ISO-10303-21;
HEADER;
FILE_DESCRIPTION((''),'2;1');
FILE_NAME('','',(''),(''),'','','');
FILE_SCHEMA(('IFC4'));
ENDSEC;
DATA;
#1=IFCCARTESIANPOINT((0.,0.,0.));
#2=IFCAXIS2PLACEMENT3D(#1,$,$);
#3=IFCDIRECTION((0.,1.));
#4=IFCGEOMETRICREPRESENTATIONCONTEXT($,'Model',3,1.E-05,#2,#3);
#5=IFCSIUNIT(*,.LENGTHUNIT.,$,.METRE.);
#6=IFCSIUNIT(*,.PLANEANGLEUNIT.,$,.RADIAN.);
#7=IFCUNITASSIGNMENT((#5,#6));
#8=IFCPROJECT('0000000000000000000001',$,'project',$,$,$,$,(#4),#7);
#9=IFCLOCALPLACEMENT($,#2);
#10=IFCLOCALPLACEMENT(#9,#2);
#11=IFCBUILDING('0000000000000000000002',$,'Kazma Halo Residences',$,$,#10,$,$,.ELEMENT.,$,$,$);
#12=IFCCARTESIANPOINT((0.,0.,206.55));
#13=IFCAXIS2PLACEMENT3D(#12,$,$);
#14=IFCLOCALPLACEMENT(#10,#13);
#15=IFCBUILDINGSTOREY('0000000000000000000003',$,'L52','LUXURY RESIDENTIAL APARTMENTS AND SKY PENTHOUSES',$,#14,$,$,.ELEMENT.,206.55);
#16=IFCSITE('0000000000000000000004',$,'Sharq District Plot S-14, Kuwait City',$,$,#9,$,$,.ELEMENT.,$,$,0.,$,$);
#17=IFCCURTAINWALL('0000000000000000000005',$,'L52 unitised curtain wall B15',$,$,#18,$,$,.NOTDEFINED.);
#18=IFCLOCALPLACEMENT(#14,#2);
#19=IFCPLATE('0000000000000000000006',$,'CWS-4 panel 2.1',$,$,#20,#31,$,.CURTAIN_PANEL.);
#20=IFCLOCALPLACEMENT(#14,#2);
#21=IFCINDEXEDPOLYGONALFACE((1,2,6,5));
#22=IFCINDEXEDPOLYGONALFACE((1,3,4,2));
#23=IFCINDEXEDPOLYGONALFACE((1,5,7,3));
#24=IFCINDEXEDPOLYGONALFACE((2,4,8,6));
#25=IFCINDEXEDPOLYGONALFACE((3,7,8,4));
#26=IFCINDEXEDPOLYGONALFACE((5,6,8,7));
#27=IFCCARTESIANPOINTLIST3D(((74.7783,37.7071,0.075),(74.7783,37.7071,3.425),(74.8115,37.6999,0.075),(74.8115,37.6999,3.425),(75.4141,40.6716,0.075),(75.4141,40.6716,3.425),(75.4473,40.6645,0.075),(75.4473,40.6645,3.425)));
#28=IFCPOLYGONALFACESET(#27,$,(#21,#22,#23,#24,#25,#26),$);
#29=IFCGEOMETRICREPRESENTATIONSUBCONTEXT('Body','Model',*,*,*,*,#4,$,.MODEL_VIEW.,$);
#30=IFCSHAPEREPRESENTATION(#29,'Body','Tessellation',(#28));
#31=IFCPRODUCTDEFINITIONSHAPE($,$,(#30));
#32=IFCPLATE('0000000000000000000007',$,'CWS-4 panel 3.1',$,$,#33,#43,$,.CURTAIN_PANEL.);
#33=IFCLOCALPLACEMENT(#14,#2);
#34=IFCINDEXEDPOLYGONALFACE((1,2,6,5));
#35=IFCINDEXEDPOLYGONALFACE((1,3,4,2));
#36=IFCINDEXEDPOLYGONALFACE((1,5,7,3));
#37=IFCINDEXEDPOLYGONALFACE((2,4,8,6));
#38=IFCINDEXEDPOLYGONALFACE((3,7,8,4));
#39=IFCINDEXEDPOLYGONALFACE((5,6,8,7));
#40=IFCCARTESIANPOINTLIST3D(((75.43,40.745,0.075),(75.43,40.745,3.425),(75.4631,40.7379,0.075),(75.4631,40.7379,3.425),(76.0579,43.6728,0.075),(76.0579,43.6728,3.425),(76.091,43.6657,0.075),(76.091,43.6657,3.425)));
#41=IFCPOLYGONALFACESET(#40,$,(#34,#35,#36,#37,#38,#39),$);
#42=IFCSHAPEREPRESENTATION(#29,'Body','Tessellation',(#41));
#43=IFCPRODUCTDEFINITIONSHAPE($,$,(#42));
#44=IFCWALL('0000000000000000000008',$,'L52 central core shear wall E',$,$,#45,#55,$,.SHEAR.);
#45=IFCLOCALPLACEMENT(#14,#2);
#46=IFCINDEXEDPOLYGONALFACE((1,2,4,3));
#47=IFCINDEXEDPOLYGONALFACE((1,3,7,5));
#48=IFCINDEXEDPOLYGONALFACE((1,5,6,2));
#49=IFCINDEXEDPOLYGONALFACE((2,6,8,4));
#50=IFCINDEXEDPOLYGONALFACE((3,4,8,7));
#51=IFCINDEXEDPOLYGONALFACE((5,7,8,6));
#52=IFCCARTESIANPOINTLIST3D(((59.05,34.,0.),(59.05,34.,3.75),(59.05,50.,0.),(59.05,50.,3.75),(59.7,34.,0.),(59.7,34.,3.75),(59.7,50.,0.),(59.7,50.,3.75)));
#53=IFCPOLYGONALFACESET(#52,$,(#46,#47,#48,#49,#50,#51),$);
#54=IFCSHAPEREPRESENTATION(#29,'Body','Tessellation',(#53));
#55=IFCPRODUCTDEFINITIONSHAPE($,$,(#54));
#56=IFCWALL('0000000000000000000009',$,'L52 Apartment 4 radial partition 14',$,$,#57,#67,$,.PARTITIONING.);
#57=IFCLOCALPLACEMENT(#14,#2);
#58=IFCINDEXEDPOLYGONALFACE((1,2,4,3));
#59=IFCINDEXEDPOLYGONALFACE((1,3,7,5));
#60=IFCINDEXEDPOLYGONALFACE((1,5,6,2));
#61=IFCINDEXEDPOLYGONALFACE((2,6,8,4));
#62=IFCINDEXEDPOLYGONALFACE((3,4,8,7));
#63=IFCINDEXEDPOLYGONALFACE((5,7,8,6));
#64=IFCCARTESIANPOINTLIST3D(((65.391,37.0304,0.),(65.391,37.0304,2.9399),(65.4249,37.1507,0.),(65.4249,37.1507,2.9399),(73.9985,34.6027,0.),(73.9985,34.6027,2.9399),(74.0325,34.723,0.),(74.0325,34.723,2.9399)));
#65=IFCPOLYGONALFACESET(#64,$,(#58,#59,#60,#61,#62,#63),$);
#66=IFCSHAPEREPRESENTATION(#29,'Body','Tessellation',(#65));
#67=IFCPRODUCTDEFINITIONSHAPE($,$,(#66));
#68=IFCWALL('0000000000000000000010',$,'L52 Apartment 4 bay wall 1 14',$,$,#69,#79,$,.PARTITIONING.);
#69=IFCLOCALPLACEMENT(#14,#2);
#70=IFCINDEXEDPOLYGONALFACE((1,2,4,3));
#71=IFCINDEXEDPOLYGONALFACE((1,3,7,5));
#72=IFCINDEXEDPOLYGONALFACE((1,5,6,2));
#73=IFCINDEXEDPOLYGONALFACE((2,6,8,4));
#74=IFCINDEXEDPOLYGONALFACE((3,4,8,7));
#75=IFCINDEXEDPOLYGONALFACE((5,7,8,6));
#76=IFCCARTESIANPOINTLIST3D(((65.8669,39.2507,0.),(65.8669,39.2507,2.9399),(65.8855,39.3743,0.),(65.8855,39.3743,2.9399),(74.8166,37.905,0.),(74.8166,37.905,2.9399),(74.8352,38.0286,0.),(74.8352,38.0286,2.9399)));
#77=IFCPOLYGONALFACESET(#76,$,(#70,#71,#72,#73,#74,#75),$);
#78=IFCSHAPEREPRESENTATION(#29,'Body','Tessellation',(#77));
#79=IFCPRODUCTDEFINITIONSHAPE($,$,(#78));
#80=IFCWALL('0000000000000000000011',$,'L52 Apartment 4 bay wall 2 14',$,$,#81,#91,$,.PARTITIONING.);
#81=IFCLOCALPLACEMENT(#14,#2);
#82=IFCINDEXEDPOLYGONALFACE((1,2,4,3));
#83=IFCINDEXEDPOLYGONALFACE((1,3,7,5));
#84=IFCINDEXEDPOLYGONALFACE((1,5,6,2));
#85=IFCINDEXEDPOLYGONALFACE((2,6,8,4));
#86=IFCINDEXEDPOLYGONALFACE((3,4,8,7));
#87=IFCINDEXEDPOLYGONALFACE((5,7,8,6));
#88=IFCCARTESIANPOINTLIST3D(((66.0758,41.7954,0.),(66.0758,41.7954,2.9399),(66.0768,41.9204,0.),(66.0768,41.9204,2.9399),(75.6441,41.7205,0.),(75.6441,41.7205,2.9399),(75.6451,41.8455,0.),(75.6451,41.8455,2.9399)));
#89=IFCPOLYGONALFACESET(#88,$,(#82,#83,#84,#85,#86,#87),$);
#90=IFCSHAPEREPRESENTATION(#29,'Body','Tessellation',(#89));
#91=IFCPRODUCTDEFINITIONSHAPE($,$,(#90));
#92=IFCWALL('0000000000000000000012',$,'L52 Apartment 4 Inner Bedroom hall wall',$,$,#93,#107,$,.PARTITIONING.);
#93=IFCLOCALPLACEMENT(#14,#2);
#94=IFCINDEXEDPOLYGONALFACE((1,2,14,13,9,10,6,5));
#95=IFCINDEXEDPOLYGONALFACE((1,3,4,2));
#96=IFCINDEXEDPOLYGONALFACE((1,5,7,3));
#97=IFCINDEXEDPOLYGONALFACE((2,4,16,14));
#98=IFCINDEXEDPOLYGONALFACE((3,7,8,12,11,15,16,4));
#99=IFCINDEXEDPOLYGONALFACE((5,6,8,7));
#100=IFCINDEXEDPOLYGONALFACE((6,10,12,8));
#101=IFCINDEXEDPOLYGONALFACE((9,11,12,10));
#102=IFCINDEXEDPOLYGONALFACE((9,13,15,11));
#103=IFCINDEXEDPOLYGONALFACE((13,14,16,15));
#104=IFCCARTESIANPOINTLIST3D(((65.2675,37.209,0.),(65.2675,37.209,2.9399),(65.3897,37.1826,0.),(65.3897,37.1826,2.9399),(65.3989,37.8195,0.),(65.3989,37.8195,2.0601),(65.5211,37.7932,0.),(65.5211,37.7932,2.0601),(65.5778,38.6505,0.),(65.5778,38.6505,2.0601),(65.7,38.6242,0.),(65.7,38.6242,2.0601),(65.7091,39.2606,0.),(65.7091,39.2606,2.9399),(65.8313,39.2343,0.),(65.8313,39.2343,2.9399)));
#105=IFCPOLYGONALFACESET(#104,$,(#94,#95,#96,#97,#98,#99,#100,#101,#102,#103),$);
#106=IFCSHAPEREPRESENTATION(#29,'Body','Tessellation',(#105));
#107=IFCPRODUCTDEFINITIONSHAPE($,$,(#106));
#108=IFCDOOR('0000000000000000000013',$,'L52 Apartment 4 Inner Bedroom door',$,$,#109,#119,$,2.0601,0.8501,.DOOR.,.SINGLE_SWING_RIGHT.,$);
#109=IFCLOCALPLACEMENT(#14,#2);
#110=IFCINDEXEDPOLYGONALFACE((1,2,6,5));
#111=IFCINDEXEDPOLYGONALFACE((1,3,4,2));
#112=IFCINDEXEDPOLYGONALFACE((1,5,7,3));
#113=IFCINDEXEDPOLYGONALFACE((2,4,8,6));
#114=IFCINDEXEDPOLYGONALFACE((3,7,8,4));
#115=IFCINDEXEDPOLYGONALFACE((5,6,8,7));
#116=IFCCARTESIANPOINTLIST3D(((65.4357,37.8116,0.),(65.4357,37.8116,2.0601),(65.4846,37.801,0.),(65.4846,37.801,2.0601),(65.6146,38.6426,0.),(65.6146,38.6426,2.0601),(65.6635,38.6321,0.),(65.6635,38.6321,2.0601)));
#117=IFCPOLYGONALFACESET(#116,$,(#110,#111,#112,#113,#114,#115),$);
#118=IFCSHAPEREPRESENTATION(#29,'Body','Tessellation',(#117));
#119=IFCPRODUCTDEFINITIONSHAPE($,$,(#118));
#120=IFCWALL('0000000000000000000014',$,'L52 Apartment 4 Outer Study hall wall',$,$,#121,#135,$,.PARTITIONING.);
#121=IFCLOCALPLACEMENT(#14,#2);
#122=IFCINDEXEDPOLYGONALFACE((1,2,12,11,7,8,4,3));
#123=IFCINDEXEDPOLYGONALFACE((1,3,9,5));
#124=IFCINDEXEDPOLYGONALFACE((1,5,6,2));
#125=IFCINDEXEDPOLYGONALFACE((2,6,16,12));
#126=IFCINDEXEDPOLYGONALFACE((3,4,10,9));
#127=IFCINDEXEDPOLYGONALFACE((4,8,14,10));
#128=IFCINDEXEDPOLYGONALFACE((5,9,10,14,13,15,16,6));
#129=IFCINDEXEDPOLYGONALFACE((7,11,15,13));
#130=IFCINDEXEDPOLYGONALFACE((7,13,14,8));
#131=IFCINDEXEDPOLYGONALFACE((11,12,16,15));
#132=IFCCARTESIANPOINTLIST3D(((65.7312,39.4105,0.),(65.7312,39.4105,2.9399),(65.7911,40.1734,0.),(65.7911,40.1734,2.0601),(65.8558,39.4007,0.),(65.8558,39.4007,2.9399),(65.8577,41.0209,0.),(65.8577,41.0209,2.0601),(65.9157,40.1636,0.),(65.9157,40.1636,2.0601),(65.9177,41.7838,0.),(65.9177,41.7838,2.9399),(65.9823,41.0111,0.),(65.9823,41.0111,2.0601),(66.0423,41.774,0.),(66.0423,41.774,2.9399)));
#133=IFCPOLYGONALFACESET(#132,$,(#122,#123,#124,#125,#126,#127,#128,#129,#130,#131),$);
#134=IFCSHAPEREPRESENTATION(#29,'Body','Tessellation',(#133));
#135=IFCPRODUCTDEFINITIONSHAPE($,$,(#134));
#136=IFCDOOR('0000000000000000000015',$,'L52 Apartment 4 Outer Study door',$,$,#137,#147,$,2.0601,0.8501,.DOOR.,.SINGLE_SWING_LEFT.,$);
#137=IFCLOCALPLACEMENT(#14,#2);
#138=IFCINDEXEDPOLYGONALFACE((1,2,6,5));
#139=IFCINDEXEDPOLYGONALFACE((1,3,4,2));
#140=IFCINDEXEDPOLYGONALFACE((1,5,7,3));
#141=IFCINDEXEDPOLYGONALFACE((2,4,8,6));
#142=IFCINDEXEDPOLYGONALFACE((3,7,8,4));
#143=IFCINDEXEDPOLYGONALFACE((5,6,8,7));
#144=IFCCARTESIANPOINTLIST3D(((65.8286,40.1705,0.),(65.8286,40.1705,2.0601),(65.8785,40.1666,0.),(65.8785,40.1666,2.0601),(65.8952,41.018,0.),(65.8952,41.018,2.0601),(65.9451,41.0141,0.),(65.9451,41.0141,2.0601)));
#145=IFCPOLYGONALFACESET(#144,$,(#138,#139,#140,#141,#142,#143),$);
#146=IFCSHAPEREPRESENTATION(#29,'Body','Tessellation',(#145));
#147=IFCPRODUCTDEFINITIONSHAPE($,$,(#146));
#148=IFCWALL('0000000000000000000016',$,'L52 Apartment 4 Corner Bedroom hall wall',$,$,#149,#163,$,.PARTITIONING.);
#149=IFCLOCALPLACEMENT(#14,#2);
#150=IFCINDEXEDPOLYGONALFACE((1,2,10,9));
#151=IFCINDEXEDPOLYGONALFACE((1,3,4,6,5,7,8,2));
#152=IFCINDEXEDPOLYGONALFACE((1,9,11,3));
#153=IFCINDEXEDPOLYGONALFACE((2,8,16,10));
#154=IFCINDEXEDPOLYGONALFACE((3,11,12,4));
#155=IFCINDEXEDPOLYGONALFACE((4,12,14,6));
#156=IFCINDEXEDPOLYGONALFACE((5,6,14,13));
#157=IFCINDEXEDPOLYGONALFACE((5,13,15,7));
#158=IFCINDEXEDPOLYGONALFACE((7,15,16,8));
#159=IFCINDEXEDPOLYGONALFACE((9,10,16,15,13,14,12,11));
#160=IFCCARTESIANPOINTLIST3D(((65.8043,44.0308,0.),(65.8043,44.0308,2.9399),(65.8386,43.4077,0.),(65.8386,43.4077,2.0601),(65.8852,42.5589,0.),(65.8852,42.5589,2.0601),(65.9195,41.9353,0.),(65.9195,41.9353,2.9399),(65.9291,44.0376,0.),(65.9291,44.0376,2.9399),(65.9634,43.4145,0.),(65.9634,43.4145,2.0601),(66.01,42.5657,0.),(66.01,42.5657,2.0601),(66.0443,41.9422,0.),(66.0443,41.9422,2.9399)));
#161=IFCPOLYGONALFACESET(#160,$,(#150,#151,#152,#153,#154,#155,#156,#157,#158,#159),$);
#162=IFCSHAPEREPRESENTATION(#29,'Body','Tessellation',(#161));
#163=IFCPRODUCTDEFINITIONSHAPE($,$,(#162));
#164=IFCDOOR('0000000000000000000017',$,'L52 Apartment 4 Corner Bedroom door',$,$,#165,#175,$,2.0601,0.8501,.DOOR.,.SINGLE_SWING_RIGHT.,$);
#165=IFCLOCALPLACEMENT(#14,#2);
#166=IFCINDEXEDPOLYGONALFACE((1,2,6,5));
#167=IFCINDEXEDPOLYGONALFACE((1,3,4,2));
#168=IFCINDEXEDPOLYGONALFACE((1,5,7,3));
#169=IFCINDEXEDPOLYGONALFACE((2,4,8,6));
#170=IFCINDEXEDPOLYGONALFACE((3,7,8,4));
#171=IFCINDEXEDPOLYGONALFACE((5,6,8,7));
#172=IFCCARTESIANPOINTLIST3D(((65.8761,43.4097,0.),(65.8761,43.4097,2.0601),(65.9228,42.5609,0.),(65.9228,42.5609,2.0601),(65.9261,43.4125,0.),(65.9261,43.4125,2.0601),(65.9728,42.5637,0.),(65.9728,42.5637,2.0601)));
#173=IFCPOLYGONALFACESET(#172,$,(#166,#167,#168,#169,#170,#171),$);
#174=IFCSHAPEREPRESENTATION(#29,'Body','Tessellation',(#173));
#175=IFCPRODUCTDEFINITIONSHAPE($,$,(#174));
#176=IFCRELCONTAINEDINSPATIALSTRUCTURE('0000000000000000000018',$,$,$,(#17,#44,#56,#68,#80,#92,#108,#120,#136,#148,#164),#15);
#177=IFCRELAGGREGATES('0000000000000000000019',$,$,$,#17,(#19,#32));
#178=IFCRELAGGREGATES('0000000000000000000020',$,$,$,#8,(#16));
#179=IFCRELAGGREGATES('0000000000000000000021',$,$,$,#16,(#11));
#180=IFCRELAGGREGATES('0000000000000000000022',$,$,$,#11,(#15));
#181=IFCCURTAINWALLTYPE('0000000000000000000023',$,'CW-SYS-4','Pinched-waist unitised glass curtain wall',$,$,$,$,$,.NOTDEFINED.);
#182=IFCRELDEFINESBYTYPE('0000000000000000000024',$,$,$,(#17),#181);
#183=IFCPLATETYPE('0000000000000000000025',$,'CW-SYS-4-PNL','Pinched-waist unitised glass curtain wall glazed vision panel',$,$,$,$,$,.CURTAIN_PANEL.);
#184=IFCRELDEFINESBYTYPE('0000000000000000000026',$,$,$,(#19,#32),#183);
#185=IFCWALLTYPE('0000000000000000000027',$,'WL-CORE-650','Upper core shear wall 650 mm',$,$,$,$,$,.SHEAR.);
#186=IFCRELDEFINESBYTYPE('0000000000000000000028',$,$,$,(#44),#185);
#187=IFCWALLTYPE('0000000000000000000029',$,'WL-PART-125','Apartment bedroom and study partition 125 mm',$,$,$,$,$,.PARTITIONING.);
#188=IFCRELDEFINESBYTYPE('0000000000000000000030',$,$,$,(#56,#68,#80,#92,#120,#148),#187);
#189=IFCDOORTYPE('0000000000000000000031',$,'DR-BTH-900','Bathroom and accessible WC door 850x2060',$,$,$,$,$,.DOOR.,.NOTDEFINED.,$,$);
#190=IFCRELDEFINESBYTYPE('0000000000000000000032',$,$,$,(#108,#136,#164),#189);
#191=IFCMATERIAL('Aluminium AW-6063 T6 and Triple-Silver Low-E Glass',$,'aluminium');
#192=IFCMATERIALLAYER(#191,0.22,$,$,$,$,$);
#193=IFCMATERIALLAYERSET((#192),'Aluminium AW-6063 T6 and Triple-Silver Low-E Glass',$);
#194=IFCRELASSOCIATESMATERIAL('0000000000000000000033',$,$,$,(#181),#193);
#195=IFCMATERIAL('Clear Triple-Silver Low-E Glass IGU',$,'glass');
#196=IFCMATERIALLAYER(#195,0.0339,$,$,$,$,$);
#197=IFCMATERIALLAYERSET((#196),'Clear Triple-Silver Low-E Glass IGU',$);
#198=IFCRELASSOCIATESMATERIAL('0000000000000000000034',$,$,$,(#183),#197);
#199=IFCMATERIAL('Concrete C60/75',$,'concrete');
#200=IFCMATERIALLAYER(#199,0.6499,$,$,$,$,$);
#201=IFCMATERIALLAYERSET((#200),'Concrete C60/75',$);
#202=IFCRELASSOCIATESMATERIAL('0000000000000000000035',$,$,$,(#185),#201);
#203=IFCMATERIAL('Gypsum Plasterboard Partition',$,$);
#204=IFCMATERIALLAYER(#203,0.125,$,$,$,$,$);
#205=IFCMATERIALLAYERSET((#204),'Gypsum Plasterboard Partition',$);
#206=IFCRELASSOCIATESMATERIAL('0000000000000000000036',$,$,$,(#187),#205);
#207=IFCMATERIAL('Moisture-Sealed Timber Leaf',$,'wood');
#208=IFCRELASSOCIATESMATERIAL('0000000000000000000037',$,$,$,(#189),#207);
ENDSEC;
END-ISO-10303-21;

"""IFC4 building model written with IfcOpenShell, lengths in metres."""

from ifc_helpers import new_model, si_unit, direction, frame, frame_2d, origin, origin_2d, place, context, subcontext, project, spatial, rectangle, extrude, material, layer, layer_set, type_object, element, fill, aggregate, save


model = new_model("IFC4")

# Units and contexts
model_context = context("Model", 3, precision=1e-05, world=origin(), true_north=direction((0.0, 1.0)))
body_context = subcontext(model_context, "Body", "Model", "MODEL_VIEW")
ifc_project = project(units=[si_unit("LENGTHUNIT", "METRE"), si_unit("PLANEANGLEUNIT", "RADIAN")], contexts=[model_context])

# Site, building, storey
site_placement = place(None, origin())
site = spatial("IfcSite", under=ifc_project, at=site_placement, Name="Sharq District Plot S-14, Kuwait City", CompositionType="ELEMENT", RefElevation=0.0)
building_placement = place(site_placement, origin())
building = spatial("IfcBuilding", under=site, at=building_placement, Name="Kazma Halo Residences", CompositionType="ELEMENT")
storey_placement = place(building_placement, frame((0.0, 0.0, 206.55)))
storey = spatial("IfcBuildingStorey", under=building, at=storey_placement, Name="L52", Description="LUXURY RESIDENTIAL APARTMENTS AND SKY PENTHOUSES", CompositionType="ELEMENT", Elevation=206.55)

# Curtain wall, plates
ifc_material_1 = material(Name="Aluminium AW-6063 T6 and Triple-Silver Low-E Glass", Category="aluminium")
ifc_layer_1 = layer(ifc_material_1, 0.22)
ifc_layer_set_1 = layer_set([ifc_layer_1], Name="Aluminium AW-6063 T6 and Triple-Silver Low-E Glass")
curtain_wall_type = type_object("IfcCurtainWallType", Name="CW-SYS-4", Description="Pinched-waist unitised glass curtain wall", PredefinedType="NOTDEFINED", material=ifc_layer_set_1)
curtain_wall_placement = place(storey_placement, origin())
curtain_wall = element("IfcCurtainWall", 1, at=curtain_wall_placement, inside=storey, type_object=curtain_wall_type, Name="L52 unitised curtain wall B15", PredefinedType="NOTDEFINED")
ifc_material_2 = material(Name="Clear Triple-Silver Low-E Glass IGU", Category="glass")
ifc_layer_2 = layer(ifc_material_2, 0.0339)
ifc_layer_set_2 = layer_set([ifc_layer_2], Name="Clear Triple-Silver Low-E Glass IGU")
plate_type = type_object("IfcPlateType", Name="CW-SYS-4-PNL", Description="Pinched-waist unitised glass curtain wall glazed vision panel", PredefinedType="CURTAIN_PANEL", material=ifc_layer_set_2)
plate_1_placement = place(storey_placement, frame((75.1128, 39.1858, 0.075), z_axis=(0.0, 0.0, 1.0), x_axis=(0.20969, 0.977768, 0.0)))
plate_1 = element("IfcPlate", 2, at=plate_1_placement, type_object=plate_type, Name="CWS-4 panel 2.1", PredefinedType="CURTAIN_PANEL", context=body_context, shape_type="SweptSolid", body=[
    extrude(rectangle(XDim=3.032, YDim=0.0339, at=origin_2d()), origin(), (0.0, 0.0, 1.0), 3.3501),
])
plate_2_placement = place(storey_placement, frame((75.7605, 42.2053, 0.075), z_axis=(0.0, 0.0, 1.0), x_axis=(0.20969, 0.977768, 0.0)))
plate_2 = element("IfcPlate", 3, at=plate_2_placement, type_object=plate_type, Name="CWS-4 panel 3.1", PredefinedType="CURTAIN_PANEL", context=body_context, shape_type="SweptSolid", body=[
    extrude(rectangle(XDim=2.9944, YDim=0.0339, at=origin_2d()), origin(), (0.0, 0.0, 1.0), 3.3501),
])
aggregate(curtain_wall, [plate_1, plate_2])

# Walls
ifc_material_3 = material(Name="Concrete C60/75", Category="concrete")
ifc_layer_3 = layer(ifc_material_3, 0.6499)
ifc_layer_set_3 = layer_set([ifc_layer_3], Name="Concrete C60/75")
wall_type_1 = type_object("IfcWallType", Name="WL-CORE-650", Description="Upper core shear wall 650 mm", PredefinedType="SHEAR", material=ifc_layer_set_3)
wall_1_placement = place(storey_placement, frame((59.375, 34.0, 0.0), z_axis=(0.0, 0.0, 1.0), x_axis=(0.0, 1.0, 0.0)))
element("IfcWall", 4, at=wall_1_placement, inside=storey, type_object=wall_type_1, Name="L52 central core shear wall E", PredefinedType="SHEAR", context=body_context, shape_type="SweptSolid", body=[
    extrude(rectangle(XDim=16.0, YDim=0.6499, at=frame_2d((8.0, 0.0))), origin(), (0.0, 0.0, 1.0), 3.75),
])
ifc_material_4 = material(Name="Gypsum Plasterboard Partition")
ifc_layer_4 = layer(ifc_material_4, 0.125)
ifc_layer_set_4 = layer_set([ifc_layer_4], Name="Gypsum Plasterboard Partition")
wall_type_2 = type_object("IfcWallType", Name="WL-PART-125", Description="Apartment bedroom and study partition 125 mm", PredefinedType="PARTITIONING", material=ifc_layer_set_4)
wall_2_placement = place(storey_placement, frame((65.408, 37.0906, 0.0), z_axis=(0.0, 0.0, 1.0), x_axis=(0.96245, -0.27146, 0.0)))
element("IfcWall", 5, at=wall_2_placement, inside=storey, type_object=wall_type_2, Name="L52 Apartment 4 radial partition 14", PredefinedType="PARTITIONING", context=body_context, shape_type="SweptSolid", body=[
    extrude(rectangle(XDim=8.9434, YDim=0.125, at=frame_2d((4.4717, 0.0))), origin(), (0.0, 0.0, 1.0), 2.9399),
])
wall_3_placement = place(storey_placement, frame((65.8762, 39.3125, 0.0), z_axis=(0.0, 0.0, 1.0), x_axis=(0.988884, -0.148691, 0.0)))
element("IfcWall", 6, at=wall_3_placement, inside=storey, type_object=wall_type_2, Name="L52 Apartment 4 bay wall 1 14", PredefinedType="PARTITIONING", context=body_context, shape_type="SweptSolid", body=[
    extrude(rectangle(XDim=9.0503, YDim=0.125, at=frame_2d((4.5251, 0.0))), origin(), (0.0, 0.0, 1.0), 2.9399),
])
wall_4_placement = place(storey_placement, frame((66.0764, 41.8579, 0.0), z_axis=(0.0, 0.0, 1.0), x_axis=(0.999969, -0.007833, 0.0)))
element("IfcWall", 7, at=wall_4_placement, inside=storey, type_object=wall_type_2, Name="L52 Apartment 4 bay wall 2 14", PredefinedType="PARTITIONING", context=body_context, shape_type="SweptSolid", body=[
    extrude(rectangle(XDim=9.5686, YDim=0.125, at=frame_2d((4.7842, 0.0))), origin(), (0.0, 0.0, 1.0), 2.9399),
])

# Walls, openings, doors
wall_5_placement = place(storey_placement, frame((65.3286, 37.1958, 0.0), z_axis=(0.0, 0.0, 1.0), x_axis=(0.210435, 0.977608, 0.0)))
wall_5 = element("IfcWall", 8, at=wall_5_placement, inside=storey, type_object=wall_type_2, Name="L52 Apartment 4 Inner Bedroom hall wall", PredefinedType="PARTITIONING", context=body_context, shape_type="SweptSolid", body=[
    extrude(rectangle(XDim=2.0986, YDim=0.125, at=frame_2d((1.0493, 0.0))), origin(), (0.0, 0.0, 1.0), 2.9399),
])
opening_1_placement = place(wall_5_placement, frame((0.6245, 0.0, 0.0)))
opening_1 = element("IfcOpeningElement", 9, at=opening_1_placement, cuts=wall_5, PredefinedType="OPENING", context=body_context, shape_type="SweptSolid", body=[
    extrude(rectangle(XDim=0.8501, YDim=2.0601, at=frame_2d((0.425, 1.03))), frame((0.0, 0.0725, 0.0), z_axis=(0.0, -1.0, 0.0), x_axis=(1.0, 0.0, 0.0)), (0.0, 0.0, 1.0), 0.145),
])
ifc_material_5 = material(Name="Moisture-Sealed Timber Leaf", Category="wood")
door_type = type_object("IfcDoorType", Name="DR-BTH-900", Description="Bathroom and accessible WC door 850x2060", OperationType="NOTDEFINED", PredefinedType="DOOR", material=ifc_material_5)
door_1_placement = place(opening_1_placement, origin())
door_1 = element("IfcDoor", 10, at=door_1_placement, inside=storey, type_object=door_type, Name="L52 Apartment 4 Inner Bedroom door", OperationType="SINGLE_SWING_RIGHT", OverallHeight=2.0601, OverallWidth=0.8501, PredefinedType="DOOR", context=body_context, shape_type="SweptSolid", body=[
    extrude(rectangle(XDim=0.8501, YDim=2.0601, at=frame_2d((0.425, 1.03))), frame((0.0, 0.0249, 0.0), z_axis=(0.0, -1.0, 0.0), x_axis=(1.0, 0.0, 0.0)), (0.0, 0.0, 1.0), 0.05),
])
fill(opening_1, door_1)
wall_6_placement = place(storey_placement, frame((65.7935, 39.4055, 0.0), z_axis=(0.0, 0.0, 1.0), x_axis=(0.078351, 0.996926, 0.0)))
wall_6 = element("IfcWall", 11, at=wall_6_placement, inside=storey, type_object=wall_type_2, Name="L52 Apartment 4 Outer Study hall wall", PredefinedType="PARTITIONING", context=body_context, shape_type="SweptSolid", body=[
    extrude(rectangle(XDim=2.3806, YDim=0.125, at=frame_2d((1.1904, 0.0))), origin(), (0.0, 0.0, 1.0), 2.9399),
])
opening_2_placement = place(wall_6_placement, frame((0.7654, 0.0, 0.0)))
opening_2 = element("IfcOpeningElement", 12, at=opening_2_placement, cuts=wall_6, PredefinedType="OPENING", context=body_context, shape_type="SweptSolid", body=[
    extrude(rectangle(XDim=0.8501, YDim=2.0601, at=frame_2d((0.425, 1.03))), frame((0.0, 0.0725, 0.0), z_axis=(0.0, -1.0, 0.0), x_axis=(1.0, 0.0, 0.0)), (0.0, 0.0, 1.0), 0.145),
])
door_2_placement = place(opening_2_placement, origin())
door_2 = element("IfcDoor", 13, at=door_2_placement, inside=storey, type_object=door_type, Name="L52 Apartment 4 Outer Study door", OperationType="SINGLE_SWING_LEFT", OverallHeight=2.0601, OverallWidth=0.8501, PredefinedType="DOOR", context=body_context, shape_type="SweptSolid", body=[
    extrude(rectangle(XDim=0.8501, YDim=2.0601, at=frame_2d((0.425, 1.03))), frame((0.0, 0.0249, 0.0), z_axis=(0.0, -1.0, 0.0), x_axis=(1.0, 0.0, 0.0)), (0.0, 0.0, 1.0), 0.05),
])
fill(opening_2, door_2)
wall_7_placement = place(storey_placement, frame((65.9819, 41.9387, 0.0), z_axis=(0.0, 0.0, 1.0), x_axis=(-0.054909, 0.998491, 0.0)))
wall_7 = element("IfcWall", 14, at=wall_7_placement, inside=storey, type_object=wall_type_2, Name="L52 Apartment 4 Corner Bedroom hall wall", PredefinedType="PARTITIONING", context=body_context, shape_type="SweptSolid", body=[
    extrude(rectangle(XDim=2.0986, YDim=0.125, at=frame_2d((1.0493, 0.0))), origin(), (0.0, 0.0, 1.0), 2.9399),
])
opening_3_placement = place(wall_7_placement, frame((0.6245, 0.0, 0.0)))
opening_3 = element("IfcOpeningElement", 15, at=opening_3_placement, cuts=wall_7, PredefinedType="OPENING", context=body_context, shape_type="SweptSolid", body=[
    extrude(rectangle(XDim=0.8501, YDim=2.0601, at=frame_2d((0.425, 1.03))), frame((0.0, 0.0725, 0.0), z_axis=(0.0, -1.0, 0.0), x_axis=(1.0, 0.0, 0.0)), (0.0, 0.0, 1.0), 0.145),
])
door_3_placement = place(opening_3_placement, origin())
door_3 = element("IfcDoor", 16, at=door_3_placement, inside=storey, type_object=door_type, Name="L52 Apartment 4 Corner Bedroom door", OperationType="SINGLE_SWING_RIGHT", OverallHeight=2.0601, OverallWidth=0.8501, PredefinedType="DOOR", context=body_context, shape_type="SweptSolid", body=[
    extrude(rectangle(XDim=0.8501, YDim=2.0601, at=frame_2d((0.425, 1.03))), frame((0.0, 0.0249, 0.0), z_axis=(0.0, -1.0, 0.0), x_axis=(1.0, 0.0, 0.0)), (0.0, 0.0, 1.0), 0.05),
])
fill(opening_3, door_3)

save(model, "model.ifc")
